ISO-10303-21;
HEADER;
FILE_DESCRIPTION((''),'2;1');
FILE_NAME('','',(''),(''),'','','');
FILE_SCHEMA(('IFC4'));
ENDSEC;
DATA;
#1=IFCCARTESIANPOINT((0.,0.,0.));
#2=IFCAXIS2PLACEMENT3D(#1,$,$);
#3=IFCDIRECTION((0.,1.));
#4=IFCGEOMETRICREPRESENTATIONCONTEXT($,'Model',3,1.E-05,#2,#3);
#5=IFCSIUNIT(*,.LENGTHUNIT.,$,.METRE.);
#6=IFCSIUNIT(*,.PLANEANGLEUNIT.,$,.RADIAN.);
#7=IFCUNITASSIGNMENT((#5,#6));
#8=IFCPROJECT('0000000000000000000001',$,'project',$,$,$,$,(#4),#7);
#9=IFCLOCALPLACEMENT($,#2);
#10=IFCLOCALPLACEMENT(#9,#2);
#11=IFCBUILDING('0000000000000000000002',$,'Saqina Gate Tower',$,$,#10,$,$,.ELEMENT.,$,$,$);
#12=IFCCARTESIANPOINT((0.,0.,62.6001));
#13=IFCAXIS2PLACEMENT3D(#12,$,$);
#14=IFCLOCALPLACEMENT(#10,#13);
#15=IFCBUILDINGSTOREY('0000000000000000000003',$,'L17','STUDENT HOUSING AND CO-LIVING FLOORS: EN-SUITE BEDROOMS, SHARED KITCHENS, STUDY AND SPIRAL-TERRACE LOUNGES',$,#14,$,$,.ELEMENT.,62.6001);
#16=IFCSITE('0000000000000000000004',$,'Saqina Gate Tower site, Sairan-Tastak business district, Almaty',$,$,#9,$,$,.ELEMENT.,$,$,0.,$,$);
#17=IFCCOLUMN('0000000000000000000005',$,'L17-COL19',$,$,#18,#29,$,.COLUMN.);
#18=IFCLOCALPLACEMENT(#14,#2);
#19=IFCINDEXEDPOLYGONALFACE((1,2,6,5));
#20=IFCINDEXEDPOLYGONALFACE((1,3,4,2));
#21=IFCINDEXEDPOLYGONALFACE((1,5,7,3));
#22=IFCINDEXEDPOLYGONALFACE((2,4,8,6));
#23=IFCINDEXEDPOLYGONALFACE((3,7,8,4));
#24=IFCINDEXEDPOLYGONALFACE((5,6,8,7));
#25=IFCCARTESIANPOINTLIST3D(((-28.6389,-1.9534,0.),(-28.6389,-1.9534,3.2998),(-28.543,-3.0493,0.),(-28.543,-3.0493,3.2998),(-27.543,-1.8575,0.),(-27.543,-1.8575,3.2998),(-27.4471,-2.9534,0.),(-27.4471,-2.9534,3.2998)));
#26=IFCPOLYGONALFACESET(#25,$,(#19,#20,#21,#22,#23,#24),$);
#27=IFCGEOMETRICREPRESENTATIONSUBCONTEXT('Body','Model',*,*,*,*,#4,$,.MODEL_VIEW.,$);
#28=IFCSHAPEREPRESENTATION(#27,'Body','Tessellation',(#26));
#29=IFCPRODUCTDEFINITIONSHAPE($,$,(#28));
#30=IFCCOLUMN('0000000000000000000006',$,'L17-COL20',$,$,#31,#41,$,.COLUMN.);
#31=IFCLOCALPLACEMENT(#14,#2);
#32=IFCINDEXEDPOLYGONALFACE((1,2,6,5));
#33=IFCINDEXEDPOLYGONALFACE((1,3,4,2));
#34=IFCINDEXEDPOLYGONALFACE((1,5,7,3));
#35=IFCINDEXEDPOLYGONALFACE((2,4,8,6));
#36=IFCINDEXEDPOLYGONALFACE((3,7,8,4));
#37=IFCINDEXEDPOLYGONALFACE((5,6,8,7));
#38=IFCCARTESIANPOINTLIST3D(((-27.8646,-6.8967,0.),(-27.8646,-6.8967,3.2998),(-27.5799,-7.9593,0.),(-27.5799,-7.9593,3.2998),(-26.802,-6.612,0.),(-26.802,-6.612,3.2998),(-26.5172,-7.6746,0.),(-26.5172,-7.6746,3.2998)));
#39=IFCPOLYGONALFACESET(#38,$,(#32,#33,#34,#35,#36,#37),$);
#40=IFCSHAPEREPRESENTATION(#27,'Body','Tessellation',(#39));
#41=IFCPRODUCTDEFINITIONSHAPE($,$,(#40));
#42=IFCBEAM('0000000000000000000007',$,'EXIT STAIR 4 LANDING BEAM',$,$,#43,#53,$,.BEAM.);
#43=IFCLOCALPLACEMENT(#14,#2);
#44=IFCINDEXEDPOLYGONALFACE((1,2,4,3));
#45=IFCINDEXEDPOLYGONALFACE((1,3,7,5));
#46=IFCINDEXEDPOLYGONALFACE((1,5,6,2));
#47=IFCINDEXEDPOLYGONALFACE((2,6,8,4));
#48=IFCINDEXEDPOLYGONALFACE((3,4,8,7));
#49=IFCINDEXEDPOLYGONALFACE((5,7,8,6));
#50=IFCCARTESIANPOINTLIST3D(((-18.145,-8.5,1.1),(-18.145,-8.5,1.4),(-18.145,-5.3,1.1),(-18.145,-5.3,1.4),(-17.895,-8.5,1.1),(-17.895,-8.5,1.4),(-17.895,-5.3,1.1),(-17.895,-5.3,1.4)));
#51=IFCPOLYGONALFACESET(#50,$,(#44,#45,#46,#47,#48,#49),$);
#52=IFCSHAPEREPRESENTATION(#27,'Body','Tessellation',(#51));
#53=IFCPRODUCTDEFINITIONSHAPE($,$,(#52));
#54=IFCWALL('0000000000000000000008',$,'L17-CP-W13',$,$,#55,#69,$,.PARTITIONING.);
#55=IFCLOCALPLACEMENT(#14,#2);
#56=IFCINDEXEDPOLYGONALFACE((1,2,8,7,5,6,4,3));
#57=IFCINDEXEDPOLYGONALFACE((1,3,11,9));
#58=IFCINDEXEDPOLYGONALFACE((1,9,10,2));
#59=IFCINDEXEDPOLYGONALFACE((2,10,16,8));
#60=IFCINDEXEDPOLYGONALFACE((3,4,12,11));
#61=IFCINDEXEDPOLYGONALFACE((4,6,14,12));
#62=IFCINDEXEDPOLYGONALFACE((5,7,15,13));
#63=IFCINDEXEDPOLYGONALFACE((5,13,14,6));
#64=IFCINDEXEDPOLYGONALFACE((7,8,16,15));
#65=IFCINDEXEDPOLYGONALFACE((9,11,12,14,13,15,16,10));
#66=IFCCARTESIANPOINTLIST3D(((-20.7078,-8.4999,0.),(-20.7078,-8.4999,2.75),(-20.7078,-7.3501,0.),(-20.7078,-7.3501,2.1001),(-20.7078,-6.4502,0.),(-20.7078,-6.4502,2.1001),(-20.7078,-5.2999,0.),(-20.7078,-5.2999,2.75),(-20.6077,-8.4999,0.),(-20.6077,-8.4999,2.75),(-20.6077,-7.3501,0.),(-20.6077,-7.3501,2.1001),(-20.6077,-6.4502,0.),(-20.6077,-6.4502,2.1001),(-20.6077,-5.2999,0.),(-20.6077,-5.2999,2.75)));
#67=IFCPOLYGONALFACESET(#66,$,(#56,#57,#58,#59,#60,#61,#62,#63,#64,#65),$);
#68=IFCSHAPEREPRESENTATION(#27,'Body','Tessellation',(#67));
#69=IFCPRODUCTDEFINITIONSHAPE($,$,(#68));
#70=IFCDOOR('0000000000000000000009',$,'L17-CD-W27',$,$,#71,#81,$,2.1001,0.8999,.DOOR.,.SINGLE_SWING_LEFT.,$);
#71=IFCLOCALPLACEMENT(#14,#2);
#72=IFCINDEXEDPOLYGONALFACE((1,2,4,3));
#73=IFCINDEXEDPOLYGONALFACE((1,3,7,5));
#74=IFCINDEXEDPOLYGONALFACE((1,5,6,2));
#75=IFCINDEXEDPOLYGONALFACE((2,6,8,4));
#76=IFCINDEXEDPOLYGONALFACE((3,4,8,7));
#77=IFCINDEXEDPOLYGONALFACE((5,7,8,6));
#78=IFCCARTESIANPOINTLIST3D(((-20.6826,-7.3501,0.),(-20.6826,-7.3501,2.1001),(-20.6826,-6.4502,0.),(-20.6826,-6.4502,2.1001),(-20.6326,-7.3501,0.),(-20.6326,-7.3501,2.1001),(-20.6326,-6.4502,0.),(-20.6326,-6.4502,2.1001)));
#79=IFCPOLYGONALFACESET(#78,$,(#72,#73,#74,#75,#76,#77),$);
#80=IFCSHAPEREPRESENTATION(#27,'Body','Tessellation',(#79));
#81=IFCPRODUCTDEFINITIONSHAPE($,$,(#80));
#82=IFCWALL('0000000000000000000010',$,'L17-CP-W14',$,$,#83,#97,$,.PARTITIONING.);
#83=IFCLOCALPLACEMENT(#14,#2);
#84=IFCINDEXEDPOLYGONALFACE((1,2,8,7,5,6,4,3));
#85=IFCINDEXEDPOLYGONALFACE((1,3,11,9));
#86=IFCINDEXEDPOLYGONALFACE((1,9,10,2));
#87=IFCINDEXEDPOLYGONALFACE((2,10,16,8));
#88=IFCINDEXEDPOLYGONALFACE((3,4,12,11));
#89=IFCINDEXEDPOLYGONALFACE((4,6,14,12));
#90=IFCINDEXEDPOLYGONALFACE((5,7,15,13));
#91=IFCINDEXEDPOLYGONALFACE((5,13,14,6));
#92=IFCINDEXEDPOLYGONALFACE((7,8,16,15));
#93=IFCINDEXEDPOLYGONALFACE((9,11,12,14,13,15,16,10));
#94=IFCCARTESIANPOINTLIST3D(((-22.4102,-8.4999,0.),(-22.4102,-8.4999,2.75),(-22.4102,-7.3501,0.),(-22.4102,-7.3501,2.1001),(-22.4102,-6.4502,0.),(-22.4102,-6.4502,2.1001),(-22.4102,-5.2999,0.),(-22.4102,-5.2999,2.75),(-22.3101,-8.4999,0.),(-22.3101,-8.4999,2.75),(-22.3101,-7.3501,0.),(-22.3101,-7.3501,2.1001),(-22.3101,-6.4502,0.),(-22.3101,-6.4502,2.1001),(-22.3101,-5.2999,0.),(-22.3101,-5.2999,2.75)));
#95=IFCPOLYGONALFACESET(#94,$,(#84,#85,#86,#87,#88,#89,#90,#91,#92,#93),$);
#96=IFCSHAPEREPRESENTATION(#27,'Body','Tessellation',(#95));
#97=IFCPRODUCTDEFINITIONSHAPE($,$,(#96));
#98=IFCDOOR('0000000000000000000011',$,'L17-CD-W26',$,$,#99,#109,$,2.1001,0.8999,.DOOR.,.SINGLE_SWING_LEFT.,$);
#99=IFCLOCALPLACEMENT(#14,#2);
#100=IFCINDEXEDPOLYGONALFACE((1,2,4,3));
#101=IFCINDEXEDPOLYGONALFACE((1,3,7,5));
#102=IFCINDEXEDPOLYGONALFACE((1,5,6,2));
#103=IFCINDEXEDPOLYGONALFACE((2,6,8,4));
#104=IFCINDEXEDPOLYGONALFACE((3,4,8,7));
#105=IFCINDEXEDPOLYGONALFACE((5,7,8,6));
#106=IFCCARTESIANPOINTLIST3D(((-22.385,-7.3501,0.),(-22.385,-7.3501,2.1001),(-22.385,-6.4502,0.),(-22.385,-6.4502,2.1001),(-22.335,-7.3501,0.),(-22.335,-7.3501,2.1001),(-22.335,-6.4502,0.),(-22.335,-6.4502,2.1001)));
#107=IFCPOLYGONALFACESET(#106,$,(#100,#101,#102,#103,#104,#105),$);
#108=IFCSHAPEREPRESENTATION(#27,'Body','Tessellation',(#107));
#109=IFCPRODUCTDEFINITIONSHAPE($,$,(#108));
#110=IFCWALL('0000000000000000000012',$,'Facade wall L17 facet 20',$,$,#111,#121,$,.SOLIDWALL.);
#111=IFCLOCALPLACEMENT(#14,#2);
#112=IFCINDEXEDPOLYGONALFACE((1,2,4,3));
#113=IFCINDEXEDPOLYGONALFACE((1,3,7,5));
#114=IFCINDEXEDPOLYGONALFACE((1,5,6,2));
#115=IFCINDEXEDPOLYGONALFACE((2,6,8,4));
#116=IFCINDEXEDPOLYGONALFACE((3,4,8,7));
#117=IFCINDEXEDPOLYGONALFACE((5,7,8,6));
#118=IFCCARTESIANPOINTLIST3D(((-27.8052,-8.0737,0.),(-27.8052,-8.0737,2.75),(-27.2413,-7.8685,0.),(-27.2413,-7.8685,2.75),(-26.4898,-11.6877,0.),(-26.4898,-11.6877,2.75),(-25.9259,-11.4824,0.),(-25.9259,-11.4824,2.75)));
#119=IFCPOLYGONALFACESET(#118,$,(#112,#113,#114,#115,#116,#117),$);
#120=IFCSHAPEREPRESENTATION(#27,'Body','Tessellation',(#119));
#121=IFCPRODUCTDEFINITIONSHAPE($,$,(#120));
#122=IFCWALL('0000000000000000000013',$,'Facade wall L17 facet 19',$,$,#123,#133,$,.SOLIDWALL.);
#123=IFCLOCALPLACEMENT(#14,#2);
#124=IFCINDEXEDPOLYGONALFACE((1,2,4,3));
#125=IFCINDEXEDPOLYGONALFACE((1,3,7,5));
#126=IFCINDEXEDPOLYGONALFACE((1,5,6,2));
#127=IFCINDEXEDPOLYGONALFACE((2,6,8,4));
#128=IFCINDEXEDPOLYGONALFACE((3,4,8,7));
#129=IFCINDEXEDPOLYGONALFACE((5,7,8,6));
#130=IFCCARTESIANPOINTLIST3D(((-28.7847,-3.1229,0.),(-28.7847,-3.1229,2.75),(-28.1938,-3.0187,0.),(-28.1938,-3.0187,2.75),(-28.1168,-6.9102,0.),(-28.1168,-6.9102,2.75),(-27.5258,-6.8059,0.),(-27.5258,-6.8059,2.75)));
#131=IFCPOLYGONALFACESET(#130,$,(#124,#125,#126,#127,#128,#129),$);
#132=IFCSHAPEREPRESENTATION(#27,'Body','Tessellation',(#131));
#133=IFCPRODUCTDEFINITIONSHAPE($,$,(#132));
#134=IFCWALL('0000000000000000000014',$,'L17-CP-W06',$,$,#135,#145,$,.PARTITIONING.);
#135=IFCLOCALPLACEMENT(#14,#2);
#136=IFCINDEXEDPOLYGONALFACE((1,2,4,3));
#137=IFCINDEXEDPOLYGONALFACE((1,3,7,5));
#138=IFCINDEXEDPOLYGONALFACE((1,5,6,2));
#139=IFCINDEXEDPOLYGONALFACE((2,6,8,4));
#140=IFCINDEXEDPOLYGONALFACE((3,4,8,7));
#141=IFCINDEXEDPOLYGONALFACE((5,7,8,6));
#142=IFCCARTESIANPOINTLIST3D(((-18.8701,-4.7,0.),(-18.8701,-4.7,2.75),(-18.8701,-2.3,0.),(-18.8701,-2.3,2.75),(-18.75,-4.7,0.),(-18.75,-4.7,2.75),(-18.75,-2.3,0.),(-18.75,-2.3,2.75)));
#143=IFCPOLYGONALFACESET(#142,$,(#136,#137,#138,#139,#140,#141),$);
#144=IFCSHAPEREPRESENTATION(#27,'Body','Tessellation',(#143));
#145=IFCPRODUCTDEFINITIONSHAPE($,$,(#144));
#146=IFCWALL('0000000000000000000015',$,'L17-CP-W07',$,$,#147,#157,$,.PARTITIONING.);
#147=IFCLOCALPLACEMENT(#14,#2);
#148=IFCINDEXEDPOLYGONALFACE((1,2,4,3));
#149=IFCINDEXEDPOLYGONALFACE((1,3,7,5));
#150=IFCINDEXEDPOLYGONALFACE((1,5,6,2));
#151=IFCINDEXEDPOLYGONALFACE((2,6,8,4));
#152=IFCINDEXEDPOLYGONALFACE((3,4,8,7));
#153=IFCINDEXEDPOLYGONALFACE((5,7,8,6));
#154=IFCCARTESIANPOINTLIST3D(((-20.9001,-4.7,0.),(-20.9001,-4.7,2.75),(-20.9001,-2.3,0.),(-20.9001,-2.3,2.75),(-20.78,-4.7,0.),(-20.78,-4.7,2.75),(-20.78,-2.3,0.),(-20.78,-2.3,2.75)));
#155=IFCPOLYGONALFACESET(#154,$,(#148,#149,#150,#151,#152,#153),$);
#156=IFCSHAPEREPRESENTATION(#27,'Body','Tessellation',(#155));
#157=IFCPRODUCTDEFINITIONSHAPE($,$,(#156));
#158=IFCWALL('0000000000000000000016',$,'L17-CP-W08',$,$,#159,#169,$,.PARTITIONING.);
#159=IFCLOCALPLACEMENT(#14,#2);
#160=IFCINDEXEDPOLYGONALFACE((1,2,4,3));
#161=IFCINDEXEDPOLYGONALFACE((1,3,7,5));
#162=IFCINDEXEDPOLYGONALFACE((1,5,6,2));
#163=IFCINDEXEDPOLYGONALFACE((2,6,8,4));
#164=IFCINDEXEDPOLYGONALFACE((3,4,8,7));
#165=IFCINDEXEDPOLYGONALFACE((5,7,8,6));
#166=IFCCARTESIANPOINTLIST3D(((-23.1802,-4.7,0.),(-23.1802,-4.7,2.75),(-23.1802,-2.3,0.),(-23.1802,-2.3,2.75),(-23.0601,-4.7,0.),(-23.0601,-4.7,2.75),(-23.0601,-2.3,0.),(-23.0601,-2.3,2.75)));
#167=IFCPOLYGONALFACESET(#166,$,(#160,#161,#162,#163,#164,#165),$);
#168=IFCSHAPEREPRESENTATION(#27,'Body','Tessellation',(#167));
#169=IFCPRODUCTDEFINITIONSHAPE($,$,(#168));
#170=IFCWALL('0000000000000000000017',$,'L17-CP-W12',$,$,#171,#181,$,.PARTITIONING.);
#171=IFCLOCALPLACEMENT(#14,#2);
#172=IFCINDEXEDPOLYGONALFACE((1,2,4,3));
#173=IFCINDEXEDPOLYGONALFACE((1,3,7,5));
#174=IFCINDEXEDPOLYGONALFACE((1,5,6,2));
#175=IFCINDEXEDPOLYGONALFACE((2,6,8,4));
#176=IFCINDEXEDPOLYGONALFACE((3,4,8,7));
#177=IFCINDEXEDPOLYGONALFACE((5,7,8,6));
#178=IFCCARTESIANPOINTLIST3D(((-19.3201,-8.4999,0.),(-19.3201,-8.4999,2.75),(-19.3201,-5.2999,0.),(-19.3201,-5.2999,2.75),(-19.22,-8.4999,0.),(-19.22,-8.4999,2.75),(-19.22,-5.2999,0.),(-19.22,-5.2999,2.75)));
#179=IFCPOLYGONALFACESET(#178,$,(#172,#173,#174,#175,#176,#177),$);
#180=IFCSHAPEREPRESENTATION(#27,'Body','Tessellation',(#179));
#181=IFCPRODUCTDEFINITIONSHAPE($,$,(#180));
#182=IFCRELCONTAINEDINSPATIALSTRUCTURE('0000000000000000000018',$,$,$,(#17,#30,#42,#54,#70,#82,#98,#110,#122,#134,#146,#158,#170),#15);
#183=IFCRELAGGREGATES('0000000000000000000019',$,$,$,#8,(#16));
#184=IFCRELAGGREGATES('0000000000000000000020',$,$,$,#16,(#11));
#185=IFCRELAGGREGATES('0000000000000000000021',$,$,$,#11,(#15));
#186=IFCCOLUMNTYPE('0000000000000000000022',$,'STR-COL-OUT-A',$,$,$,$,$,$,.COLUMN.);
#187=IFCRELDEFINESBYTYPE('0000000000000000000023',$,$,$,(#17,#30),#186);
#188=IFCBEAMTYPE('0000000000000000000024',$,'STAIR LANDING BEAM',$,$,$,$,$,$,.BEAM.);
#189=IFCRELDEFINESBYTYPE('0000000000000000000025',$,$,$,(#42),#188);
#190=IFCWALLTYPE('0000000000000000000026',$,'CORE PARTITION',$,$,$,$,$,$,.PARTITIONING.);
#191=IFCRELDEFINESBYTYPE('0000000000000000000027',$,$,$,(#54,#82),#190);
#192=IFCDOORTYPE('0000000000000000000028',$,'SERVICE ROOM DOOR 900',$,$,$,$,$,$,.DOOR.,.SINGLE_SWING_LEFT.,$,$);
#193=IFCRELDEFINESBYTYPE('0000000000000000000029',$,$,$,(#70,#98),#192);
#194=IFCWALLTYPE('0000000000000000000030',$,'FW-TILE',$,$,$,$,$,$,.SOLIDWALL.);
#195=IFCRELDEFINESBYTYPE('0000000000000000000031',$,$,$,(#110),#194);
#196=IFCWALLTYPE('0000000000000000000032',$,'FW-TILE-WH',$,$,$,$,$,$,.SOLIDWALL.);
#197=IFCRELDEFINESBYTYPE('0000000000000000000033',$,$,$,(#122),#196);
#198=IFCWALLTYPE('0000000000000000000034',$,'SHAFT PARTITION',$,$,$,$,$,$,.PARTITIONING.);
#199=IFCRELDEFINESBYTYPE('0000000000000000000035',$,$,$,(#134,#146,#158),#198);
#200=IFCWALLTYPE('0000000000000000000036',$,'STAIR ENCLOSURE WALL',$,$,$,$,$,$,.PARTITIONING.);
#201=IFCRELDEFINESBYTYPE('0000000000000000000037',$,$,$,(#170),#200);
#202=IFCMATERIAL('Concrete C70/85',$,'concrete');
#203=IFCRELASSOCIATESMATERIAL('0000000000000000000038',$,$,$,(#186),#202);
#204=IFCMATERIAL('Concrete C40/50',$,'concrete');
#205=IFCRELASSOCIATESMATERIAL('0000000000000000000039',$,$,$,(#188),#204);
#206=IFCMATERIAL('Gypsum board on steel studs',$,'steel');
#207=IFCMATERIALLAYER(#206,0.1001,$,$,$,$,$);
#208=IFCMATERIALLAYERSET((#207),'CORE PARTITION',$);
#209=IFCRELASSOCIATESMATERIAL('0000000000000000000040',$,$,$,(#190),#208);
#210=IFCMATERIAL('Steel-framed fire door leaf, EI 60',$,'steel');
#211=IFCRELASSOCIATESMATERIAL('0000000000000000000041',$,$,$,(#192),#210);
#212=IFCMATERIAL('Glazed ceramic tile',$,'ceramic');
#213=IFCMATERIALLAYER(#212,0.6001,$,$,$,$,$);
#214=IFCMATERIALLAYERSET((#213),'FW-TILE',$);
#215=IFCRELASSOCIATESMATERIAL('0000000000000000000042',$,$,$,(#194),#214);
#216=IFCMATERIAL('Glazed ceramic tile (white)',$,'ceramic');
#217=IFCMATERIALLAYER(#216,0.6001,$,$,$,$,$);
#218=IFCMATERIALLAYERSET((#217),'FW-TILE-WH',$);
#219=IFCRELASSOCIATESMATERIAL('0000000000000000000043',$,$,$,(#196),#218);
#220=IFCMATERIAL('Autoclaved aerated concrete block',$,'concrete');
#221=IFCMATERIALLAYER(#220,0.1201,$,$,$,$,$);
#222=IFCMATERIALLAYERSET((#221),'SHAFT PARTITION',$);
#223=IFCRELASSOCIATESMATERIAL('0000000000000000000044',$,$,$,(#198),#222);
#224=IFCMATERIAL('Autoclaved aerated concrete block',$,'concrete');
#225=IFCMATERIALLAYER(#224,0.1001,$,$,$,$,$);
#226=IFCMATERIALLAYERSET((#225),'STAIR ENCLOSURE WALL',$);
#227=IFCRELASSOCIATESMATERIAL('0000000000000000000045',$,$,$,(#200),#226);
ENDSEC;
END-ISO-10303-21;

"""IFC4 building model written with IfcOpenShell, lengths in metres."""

from ifc_helpers import new_model, si_unit, direction, frame, frame_2d, origin, origin_2d, place, context, subcontext, project, spatial, rectangle, extrude, material, layer, layer_set, material_profile, profile_set, type_object, element, fill, save


model = new_model("IFC4")

# Units and contexts
model_context = context("Model", 3, precision=1e-05, world=origin(), true_north=direction((0.0, 1.0)))
body_context = subcontext(model_context, "Body", "Model", "MODEL_VIEW")
ifc_project = project(units=[si_unit("LENGTHUNIT", "METRE"), si_unit("PLANEANGLEUNIT", "RADIAN")], contexts=[model_context])

# Site, building, storey
site_placement = place(None, origin())
site = spatial("IfcSite", under=ifc_project, at=site_placement, Name="Saqina Gate Tower site, Sairan-Tastak business district, Almaty", CompositionType="ELEMENT", RefElevation=0.0)
building_placement = place(site_placement, origin())
building = spatial("IfcBuilding", under=site, at=building_placement, Name="Saqina Gate Tower", CompositionType="ELEMENT")
storey_placement = place(building_placement, frame((0.0, 0.0, 62.6001)))
storey = spatial("IfcBuildingStorey", under=building, at=storey_placement, Name="L17", Description="STUDENT HOUSING AND CO-LIVING FLOORS: EN-SUITE BEDROOMS, SHARED KITCHENS, STUDY AND SPIRAL-TERRACE LOUNGES", CompositionType="ELEMENT", Elevation=62.6001)

# Columns
ifc_material_1 = material(Name="Concrete C70/85", Category="concrete")
ifc_material_profile_1 = material_profile(ifc_material_1, rectangle(XDim=1.1001, YDim=1.1001, at=origin_2d()), Name="RC 1100x1100")
ifc_profile_set_1 = profile_set([ifc_material_profile_1], Name="Concrete C70/85")
column_type = type_object("IfcColumnType", Name="STR-COL-OUT-A", PredefinedType="COLUMN", material=ifc_profile_set_1)
for number, where, z_axis, x_axis, name in (
    (1, (-28.043, -2.4534, 0.0), (0.0, 0.0, 1.0), (-0.996195, -0.087156, 0.0), "L17-COL19"),
    (2, (-27.1909, -7.2856, 0.0), (0.0, 0.0, 1.0), (-0.965926, -0.258819, 0.0), "L17-COL20"),
):
    element("IfcColumn", number, at=place(storey_placement, frame(where, z_axis=z_axis, x_axis=x_axis)), inside=storey, type_object=column_type, Name=name, PredefinedType="COLUMN", context=body_context, shape_type="SweptSolid", body=[
        extrude(rectangle(XDim=1.1001, YDim=1.1001, at=origin_2d()), origin(), (0.0, 0.0, 1.0), 3.2998),
    ])

# Beam
ifc_material_2 = material(Name="Concrete C40/50", Category="concrete")
ifc_material_profile_2 = material_profile(ifc_material_2, rectangle(XDim=0.25, YDim=0.3, at=origin_2d()), Name="STAIR LANDING BEAM")
ifc_profile_set_2 = profile_set([ifc_material_profile_2], Name="Concrete C40/50")
beam_type = type_object("IfcBeamType", Name="STAIR LANDING BEAM", PredefinedType="BEAM", material=ifc_profile_set_2)
beam_placement = place(storey_placement, frame((-18.02, -8.5, 1.25), z_axis=(0.0, 1.0, 0.0), x_axis=(-1.0, 0.0, 0.0)))
element("IfcBeam", 3, at=beam_placement, inside=storey, type_object=beam_type, Name="EXIT STAIR 4 LANDING BEAM", PredefinedType="BEAM", context=body_context, shape_type="SweptSolid", body=[
    extrude(rectangle(XDim=0.25, YDim=0.3, at=origin_2d()), origin(), (0.0, 0.0, 1.0), 3.2),
])

# Walls, openings, doors
ifc_material_3 = material(Name="Gypsum board on steel studs", Category="steel")
ifc_layer_1 = layer(ifc_material_3, 0.1001)
ifc_layer_set_1 = layer_set([ifc_layer_1], Name="CORE PARTITION")
wall_type_1 = type_object("IfcWallType", Name="CORE PARTITION", PredefinedType="PARTITIONING", material=ifc_layer_set_1)
wall_1_placement = place(storey_placement, frame((-20.6577, -8.5, 0.0), z_axis=(0.0, 0.0, 1.0), x_axis=(0.0, 1.0, 0.0)))
wall_1 = element("IfcWall", 4, at=wall_1_placement, inside=storey, type_object=wall_type_1, Name="L17-CP-W13", PredefinedType="PARTITIONING", context=body_context, shape_type="SweptSolid", body=[
    extrude(rectangle(XDim=3.2, YDim=0.1001, at=frame_2d((1.6001, 0.0))), origin(), (0.0, 0.0, 1.0), 2.75),
])
opening_1_placement = place(wall_1_placement, frame((1.1499, 0.0, 0.0)))
opening_1 = element("IfcOpeningElement", 5, at=opening_1_placement, cuts=wall_1, PredefinedType="OPENING", context=body_context, shape_type="SweptSolid", body=[
    extrude(rectangle(XDim=0.8999, YDim=2.1001, at=frame_2d((0.45, 1.05))), frame((0.0, 0.062, 0.0), z_axis=(0.0, -1.0, 0.0), x_axis=(1.0, 0.0, 0.0)), (0.0, 0.0, 1.0), 0.124),
])
ifc_material_4 = material(Name="Steel-framed fire door leaf, EI 60", Category="steel")
door_type = type_object("IfcDoorType", Name="SERVICE ROOM DOOR 900", OperationType="SINGLE_SWING_LEFT", PredefinedType="DOOR", material=ifc_material_4)
door_1_placement = place(opening_1_placement, origin())
door_1 = element("IfcDoor", 6, at=door_1_placement, inside=storey, type_object=door_type, Name="L17-CD-W27", OperationType="SINGLE_SWING_LEFT", OverallHeight=2.1001, OverallWidth=0.8999, PredefinedType="DOOR", context=body_context, shape_type="SweptSolid", body=[
    extrude(rectangle(XDim=0.8999, YDim=2.1001, at=frame_2d((0.45, 1.05))), frame((0.0, 0.0249, 0.0), z_axis=(0.0, -1.0, 0.0), x_axis=(1.0, 0.0, 0.0)), (0.0, 0.0, 1.0), 0.05),
])
fill(opening_1, door_1)
wall_2_placement = place(storey_placement, frame((-22.3601, -8.5, 0.0), z_axis=(0.0, 0.0, 1.0), x_axis=(0.0, 1.0, 0.0)))
wall_2 = element("IfcWall", 7, at=wall_2_placement, inside=storey, type_object=wall_type_1, Name="L17-CP-W14", PredefinedType="PARTITIONING", context=body_context, shape_type="SweptSolid", body=[
    extrude(rectangle(XDim=3.2, YDim=0.1001, at=frame_2d((1.6001, 0.0))), origin(), (0.0, 0.0, 1.0), 2.75),
])
opening_2_placement = place(wall_2_placement, frame((1.1499, 0.0, 0.0)))
opening_2 = element("IfcOpeningElement", 8, at=opening_2_placement, cuts=wall_2, PredefinedType="OPENING", context=body_context, shape_type="SweptSolid", body=[
    extrude(rectangle(XDim=0.8999, YDim=2.1001, at=frame_2d((0.45, 1.05))), frame((0.0, 0.062, 0.0), z_axis=(0.0, -1.0, 0.0), x_axis=(1.0, 0.0, 0.0)), (0.0, 0.0, 1.0), 0.124),
])
door_2_placement = place(opening_2_placement, origin())
door_2 = element("IfcDoor", 9, at=door_2_placement, inside=storey, type_object=door_type, Name="L17-CD-W26", OperationType="SINGLE_SWING_LEFT", OverallHeight=2.1001, OverallWidth=0.8999, PredefinedType="DOOR", context=body_context, shape_type="SweptSolid", body=[
    extrude(rectangle(XDim=0.8999, YDim=2.1001, at=frame_2d((0.45, 1.05))), frame((0.0, 0.0249, 0.0), z_axis=(0.0, -1.0, 0.0), x_axis=(1.0, 0.0, 0.0)), (0.0, 0.0, 1.0), 0.05),
])
fill(opening_2, door_2)

# Walls
ifc_material_5 = material(Name="Glazed ceramic tile", Category="ceramic")
ifc_layer_2 = layer(ifc_material_5, 0.6001)
ifc_layer_set_2 = layer_set([ifc_layer_2], Name="FW-TILE")
wall_type_2 = type_object("IfcWallType", Name="FW-TILE", PredefinedType="SOLIDWALL", material=ifc_layer_set_2)
wall_3_placement = place(storey_placement, frame((-27.5232, -7.9712, 0.0), z_axis=(0.0, 0.0, 1.0), x_axis=(0.342028, -0.93969, 0.0)))
element("IfcWall", 10, at=wall_3_placement, inside=storey, type_object=wall_type_2, Name="Facade wall L17 facet 20", PredefinedType="SOLIDWALL", context=body_context, shape_type="SweptSolid", body=[
    extrude(rectangle(XDim=3.8459, YDim=0.6001, at=frame_2d((1.9229, 0.0))), origin(), (0.0, 0.0, 1.0), 2.75),
])
ifc_material_6 = material(Name="Glazed ceramic tile (white)", Category="ceramic")
ifc_layer_3 = layer(ifc_material_6, 0.6001)
ifc_layer_set_3 = layer_set([ifc_layer_3], Name="FW-TILE-WH")
wall_type_3 = type_object("IfcWallType", Name="FW-TILE-WH", PredefinedType="SOLIDWALL", material=ifc_layer_set_3)
wall_4_placement = place(storey_placement, frame((-28.4893, -3.0708, 0.0), z_axis=(0.0, 0.0, 1.0), x_axis=(0.173688, -0.984801, 0.0)))
element("IfcWall", 11, at=wall_4_placement, inside=storey, type_object=wall_type_3, Name="Facade wall L17 facet 19", PredefinedType="SOLIDWALL", context=body_context, shape_type="SweptSolid", body=[
    extrude(rectangle(XDim=3.8457, YDim=0.6001, at=frame_2d((1.9229, 0.0))), origin(), (0.0, 0.0, 1.0), 2.75),
])
ifc_material_7 = material(Name="Autoclaved aerated concrete block", Category="concrete")
ifc_layer_4 = layer(ifc_material_7, 0.1201)
ifc_layer_set_4 = layer_set([ifc_layer_4], Name="SHAFT PARTITION")
wall_type_4 = type_object("IfcWallType", Name="SHAFT PARTITION", PredefinedType="PARTITIONING", material=ifc_layer_set_4)
for number, where, z_axis, x_axis, name in (
    (12, (-18.8101, -4.7, 0.0), (0.0, 0.0, 1.0), (0.0, 1.0, 0.0), "L17-CP-W06"),
    (13, (-20.8401, -4.7, 0.0), (0.0, 0.0, 1.0), (0.0, 1.0, 0.0), "L17-CP-W07"),
    (14, (-23.1201, -4.7, 0.0), (0.0, 0.0, 1.0), (0.0, 1.0, 0.0), "L17-CP-W08"),
):
    element("IfcWall", number, at=place(storey_placement, frame(where, z_axis=z_axis, x_axis=x_axis)), inside=storey, type_object=wall_type_4, Name=name, PredefinedType="PARTITIONING", context=body_context, shape_type="SweptSolid", body=[
        extrude(rectangle(XDim=2.3999, YDim=0.1201, at=frame_2d((1.2, 0.0))), origin(), (0.0, 0.0, 1.0), 2.75),
    ])
ifc_material_8 = material(Name="Autoclaved aerated concrete block", Category="concrete")
ifc_layer_5 = layer(ifc_material_8, 0.1001)
ifc_layer_set_5 = layer_set([ifc_layer_5], Name="STAIR ENCLOSURE WALL")
wall_type_5 = type_object("IfcWallType", Name="STAIR ENCLOSURE WALL", PredefinedType="PARTITIONING", material=ifc_layer_set_5)
wall_5_placement = place(storey_placement, frame((-19.27, -8.5, 0.0), z_axis=(0.0, 0.0, 1.0), x_axis=(0.0, 1.0, 0.0)))
element("IfcWall", 15, at=wall_5_placement, inside=storey, type_object=wall_type_5, Name="L17-CP-W12", PredefinedType="PARTITIONING", context=body_context, shape_type="SweptSolid", body=[
    extrude(rectangle(XDim=3.2, YDim=0.1001, at=frame_2d((1.6001, 0.0))), origin(), (0.0, 0.0, 1.0), 2.75),
])

save(model, "model.ifc")
